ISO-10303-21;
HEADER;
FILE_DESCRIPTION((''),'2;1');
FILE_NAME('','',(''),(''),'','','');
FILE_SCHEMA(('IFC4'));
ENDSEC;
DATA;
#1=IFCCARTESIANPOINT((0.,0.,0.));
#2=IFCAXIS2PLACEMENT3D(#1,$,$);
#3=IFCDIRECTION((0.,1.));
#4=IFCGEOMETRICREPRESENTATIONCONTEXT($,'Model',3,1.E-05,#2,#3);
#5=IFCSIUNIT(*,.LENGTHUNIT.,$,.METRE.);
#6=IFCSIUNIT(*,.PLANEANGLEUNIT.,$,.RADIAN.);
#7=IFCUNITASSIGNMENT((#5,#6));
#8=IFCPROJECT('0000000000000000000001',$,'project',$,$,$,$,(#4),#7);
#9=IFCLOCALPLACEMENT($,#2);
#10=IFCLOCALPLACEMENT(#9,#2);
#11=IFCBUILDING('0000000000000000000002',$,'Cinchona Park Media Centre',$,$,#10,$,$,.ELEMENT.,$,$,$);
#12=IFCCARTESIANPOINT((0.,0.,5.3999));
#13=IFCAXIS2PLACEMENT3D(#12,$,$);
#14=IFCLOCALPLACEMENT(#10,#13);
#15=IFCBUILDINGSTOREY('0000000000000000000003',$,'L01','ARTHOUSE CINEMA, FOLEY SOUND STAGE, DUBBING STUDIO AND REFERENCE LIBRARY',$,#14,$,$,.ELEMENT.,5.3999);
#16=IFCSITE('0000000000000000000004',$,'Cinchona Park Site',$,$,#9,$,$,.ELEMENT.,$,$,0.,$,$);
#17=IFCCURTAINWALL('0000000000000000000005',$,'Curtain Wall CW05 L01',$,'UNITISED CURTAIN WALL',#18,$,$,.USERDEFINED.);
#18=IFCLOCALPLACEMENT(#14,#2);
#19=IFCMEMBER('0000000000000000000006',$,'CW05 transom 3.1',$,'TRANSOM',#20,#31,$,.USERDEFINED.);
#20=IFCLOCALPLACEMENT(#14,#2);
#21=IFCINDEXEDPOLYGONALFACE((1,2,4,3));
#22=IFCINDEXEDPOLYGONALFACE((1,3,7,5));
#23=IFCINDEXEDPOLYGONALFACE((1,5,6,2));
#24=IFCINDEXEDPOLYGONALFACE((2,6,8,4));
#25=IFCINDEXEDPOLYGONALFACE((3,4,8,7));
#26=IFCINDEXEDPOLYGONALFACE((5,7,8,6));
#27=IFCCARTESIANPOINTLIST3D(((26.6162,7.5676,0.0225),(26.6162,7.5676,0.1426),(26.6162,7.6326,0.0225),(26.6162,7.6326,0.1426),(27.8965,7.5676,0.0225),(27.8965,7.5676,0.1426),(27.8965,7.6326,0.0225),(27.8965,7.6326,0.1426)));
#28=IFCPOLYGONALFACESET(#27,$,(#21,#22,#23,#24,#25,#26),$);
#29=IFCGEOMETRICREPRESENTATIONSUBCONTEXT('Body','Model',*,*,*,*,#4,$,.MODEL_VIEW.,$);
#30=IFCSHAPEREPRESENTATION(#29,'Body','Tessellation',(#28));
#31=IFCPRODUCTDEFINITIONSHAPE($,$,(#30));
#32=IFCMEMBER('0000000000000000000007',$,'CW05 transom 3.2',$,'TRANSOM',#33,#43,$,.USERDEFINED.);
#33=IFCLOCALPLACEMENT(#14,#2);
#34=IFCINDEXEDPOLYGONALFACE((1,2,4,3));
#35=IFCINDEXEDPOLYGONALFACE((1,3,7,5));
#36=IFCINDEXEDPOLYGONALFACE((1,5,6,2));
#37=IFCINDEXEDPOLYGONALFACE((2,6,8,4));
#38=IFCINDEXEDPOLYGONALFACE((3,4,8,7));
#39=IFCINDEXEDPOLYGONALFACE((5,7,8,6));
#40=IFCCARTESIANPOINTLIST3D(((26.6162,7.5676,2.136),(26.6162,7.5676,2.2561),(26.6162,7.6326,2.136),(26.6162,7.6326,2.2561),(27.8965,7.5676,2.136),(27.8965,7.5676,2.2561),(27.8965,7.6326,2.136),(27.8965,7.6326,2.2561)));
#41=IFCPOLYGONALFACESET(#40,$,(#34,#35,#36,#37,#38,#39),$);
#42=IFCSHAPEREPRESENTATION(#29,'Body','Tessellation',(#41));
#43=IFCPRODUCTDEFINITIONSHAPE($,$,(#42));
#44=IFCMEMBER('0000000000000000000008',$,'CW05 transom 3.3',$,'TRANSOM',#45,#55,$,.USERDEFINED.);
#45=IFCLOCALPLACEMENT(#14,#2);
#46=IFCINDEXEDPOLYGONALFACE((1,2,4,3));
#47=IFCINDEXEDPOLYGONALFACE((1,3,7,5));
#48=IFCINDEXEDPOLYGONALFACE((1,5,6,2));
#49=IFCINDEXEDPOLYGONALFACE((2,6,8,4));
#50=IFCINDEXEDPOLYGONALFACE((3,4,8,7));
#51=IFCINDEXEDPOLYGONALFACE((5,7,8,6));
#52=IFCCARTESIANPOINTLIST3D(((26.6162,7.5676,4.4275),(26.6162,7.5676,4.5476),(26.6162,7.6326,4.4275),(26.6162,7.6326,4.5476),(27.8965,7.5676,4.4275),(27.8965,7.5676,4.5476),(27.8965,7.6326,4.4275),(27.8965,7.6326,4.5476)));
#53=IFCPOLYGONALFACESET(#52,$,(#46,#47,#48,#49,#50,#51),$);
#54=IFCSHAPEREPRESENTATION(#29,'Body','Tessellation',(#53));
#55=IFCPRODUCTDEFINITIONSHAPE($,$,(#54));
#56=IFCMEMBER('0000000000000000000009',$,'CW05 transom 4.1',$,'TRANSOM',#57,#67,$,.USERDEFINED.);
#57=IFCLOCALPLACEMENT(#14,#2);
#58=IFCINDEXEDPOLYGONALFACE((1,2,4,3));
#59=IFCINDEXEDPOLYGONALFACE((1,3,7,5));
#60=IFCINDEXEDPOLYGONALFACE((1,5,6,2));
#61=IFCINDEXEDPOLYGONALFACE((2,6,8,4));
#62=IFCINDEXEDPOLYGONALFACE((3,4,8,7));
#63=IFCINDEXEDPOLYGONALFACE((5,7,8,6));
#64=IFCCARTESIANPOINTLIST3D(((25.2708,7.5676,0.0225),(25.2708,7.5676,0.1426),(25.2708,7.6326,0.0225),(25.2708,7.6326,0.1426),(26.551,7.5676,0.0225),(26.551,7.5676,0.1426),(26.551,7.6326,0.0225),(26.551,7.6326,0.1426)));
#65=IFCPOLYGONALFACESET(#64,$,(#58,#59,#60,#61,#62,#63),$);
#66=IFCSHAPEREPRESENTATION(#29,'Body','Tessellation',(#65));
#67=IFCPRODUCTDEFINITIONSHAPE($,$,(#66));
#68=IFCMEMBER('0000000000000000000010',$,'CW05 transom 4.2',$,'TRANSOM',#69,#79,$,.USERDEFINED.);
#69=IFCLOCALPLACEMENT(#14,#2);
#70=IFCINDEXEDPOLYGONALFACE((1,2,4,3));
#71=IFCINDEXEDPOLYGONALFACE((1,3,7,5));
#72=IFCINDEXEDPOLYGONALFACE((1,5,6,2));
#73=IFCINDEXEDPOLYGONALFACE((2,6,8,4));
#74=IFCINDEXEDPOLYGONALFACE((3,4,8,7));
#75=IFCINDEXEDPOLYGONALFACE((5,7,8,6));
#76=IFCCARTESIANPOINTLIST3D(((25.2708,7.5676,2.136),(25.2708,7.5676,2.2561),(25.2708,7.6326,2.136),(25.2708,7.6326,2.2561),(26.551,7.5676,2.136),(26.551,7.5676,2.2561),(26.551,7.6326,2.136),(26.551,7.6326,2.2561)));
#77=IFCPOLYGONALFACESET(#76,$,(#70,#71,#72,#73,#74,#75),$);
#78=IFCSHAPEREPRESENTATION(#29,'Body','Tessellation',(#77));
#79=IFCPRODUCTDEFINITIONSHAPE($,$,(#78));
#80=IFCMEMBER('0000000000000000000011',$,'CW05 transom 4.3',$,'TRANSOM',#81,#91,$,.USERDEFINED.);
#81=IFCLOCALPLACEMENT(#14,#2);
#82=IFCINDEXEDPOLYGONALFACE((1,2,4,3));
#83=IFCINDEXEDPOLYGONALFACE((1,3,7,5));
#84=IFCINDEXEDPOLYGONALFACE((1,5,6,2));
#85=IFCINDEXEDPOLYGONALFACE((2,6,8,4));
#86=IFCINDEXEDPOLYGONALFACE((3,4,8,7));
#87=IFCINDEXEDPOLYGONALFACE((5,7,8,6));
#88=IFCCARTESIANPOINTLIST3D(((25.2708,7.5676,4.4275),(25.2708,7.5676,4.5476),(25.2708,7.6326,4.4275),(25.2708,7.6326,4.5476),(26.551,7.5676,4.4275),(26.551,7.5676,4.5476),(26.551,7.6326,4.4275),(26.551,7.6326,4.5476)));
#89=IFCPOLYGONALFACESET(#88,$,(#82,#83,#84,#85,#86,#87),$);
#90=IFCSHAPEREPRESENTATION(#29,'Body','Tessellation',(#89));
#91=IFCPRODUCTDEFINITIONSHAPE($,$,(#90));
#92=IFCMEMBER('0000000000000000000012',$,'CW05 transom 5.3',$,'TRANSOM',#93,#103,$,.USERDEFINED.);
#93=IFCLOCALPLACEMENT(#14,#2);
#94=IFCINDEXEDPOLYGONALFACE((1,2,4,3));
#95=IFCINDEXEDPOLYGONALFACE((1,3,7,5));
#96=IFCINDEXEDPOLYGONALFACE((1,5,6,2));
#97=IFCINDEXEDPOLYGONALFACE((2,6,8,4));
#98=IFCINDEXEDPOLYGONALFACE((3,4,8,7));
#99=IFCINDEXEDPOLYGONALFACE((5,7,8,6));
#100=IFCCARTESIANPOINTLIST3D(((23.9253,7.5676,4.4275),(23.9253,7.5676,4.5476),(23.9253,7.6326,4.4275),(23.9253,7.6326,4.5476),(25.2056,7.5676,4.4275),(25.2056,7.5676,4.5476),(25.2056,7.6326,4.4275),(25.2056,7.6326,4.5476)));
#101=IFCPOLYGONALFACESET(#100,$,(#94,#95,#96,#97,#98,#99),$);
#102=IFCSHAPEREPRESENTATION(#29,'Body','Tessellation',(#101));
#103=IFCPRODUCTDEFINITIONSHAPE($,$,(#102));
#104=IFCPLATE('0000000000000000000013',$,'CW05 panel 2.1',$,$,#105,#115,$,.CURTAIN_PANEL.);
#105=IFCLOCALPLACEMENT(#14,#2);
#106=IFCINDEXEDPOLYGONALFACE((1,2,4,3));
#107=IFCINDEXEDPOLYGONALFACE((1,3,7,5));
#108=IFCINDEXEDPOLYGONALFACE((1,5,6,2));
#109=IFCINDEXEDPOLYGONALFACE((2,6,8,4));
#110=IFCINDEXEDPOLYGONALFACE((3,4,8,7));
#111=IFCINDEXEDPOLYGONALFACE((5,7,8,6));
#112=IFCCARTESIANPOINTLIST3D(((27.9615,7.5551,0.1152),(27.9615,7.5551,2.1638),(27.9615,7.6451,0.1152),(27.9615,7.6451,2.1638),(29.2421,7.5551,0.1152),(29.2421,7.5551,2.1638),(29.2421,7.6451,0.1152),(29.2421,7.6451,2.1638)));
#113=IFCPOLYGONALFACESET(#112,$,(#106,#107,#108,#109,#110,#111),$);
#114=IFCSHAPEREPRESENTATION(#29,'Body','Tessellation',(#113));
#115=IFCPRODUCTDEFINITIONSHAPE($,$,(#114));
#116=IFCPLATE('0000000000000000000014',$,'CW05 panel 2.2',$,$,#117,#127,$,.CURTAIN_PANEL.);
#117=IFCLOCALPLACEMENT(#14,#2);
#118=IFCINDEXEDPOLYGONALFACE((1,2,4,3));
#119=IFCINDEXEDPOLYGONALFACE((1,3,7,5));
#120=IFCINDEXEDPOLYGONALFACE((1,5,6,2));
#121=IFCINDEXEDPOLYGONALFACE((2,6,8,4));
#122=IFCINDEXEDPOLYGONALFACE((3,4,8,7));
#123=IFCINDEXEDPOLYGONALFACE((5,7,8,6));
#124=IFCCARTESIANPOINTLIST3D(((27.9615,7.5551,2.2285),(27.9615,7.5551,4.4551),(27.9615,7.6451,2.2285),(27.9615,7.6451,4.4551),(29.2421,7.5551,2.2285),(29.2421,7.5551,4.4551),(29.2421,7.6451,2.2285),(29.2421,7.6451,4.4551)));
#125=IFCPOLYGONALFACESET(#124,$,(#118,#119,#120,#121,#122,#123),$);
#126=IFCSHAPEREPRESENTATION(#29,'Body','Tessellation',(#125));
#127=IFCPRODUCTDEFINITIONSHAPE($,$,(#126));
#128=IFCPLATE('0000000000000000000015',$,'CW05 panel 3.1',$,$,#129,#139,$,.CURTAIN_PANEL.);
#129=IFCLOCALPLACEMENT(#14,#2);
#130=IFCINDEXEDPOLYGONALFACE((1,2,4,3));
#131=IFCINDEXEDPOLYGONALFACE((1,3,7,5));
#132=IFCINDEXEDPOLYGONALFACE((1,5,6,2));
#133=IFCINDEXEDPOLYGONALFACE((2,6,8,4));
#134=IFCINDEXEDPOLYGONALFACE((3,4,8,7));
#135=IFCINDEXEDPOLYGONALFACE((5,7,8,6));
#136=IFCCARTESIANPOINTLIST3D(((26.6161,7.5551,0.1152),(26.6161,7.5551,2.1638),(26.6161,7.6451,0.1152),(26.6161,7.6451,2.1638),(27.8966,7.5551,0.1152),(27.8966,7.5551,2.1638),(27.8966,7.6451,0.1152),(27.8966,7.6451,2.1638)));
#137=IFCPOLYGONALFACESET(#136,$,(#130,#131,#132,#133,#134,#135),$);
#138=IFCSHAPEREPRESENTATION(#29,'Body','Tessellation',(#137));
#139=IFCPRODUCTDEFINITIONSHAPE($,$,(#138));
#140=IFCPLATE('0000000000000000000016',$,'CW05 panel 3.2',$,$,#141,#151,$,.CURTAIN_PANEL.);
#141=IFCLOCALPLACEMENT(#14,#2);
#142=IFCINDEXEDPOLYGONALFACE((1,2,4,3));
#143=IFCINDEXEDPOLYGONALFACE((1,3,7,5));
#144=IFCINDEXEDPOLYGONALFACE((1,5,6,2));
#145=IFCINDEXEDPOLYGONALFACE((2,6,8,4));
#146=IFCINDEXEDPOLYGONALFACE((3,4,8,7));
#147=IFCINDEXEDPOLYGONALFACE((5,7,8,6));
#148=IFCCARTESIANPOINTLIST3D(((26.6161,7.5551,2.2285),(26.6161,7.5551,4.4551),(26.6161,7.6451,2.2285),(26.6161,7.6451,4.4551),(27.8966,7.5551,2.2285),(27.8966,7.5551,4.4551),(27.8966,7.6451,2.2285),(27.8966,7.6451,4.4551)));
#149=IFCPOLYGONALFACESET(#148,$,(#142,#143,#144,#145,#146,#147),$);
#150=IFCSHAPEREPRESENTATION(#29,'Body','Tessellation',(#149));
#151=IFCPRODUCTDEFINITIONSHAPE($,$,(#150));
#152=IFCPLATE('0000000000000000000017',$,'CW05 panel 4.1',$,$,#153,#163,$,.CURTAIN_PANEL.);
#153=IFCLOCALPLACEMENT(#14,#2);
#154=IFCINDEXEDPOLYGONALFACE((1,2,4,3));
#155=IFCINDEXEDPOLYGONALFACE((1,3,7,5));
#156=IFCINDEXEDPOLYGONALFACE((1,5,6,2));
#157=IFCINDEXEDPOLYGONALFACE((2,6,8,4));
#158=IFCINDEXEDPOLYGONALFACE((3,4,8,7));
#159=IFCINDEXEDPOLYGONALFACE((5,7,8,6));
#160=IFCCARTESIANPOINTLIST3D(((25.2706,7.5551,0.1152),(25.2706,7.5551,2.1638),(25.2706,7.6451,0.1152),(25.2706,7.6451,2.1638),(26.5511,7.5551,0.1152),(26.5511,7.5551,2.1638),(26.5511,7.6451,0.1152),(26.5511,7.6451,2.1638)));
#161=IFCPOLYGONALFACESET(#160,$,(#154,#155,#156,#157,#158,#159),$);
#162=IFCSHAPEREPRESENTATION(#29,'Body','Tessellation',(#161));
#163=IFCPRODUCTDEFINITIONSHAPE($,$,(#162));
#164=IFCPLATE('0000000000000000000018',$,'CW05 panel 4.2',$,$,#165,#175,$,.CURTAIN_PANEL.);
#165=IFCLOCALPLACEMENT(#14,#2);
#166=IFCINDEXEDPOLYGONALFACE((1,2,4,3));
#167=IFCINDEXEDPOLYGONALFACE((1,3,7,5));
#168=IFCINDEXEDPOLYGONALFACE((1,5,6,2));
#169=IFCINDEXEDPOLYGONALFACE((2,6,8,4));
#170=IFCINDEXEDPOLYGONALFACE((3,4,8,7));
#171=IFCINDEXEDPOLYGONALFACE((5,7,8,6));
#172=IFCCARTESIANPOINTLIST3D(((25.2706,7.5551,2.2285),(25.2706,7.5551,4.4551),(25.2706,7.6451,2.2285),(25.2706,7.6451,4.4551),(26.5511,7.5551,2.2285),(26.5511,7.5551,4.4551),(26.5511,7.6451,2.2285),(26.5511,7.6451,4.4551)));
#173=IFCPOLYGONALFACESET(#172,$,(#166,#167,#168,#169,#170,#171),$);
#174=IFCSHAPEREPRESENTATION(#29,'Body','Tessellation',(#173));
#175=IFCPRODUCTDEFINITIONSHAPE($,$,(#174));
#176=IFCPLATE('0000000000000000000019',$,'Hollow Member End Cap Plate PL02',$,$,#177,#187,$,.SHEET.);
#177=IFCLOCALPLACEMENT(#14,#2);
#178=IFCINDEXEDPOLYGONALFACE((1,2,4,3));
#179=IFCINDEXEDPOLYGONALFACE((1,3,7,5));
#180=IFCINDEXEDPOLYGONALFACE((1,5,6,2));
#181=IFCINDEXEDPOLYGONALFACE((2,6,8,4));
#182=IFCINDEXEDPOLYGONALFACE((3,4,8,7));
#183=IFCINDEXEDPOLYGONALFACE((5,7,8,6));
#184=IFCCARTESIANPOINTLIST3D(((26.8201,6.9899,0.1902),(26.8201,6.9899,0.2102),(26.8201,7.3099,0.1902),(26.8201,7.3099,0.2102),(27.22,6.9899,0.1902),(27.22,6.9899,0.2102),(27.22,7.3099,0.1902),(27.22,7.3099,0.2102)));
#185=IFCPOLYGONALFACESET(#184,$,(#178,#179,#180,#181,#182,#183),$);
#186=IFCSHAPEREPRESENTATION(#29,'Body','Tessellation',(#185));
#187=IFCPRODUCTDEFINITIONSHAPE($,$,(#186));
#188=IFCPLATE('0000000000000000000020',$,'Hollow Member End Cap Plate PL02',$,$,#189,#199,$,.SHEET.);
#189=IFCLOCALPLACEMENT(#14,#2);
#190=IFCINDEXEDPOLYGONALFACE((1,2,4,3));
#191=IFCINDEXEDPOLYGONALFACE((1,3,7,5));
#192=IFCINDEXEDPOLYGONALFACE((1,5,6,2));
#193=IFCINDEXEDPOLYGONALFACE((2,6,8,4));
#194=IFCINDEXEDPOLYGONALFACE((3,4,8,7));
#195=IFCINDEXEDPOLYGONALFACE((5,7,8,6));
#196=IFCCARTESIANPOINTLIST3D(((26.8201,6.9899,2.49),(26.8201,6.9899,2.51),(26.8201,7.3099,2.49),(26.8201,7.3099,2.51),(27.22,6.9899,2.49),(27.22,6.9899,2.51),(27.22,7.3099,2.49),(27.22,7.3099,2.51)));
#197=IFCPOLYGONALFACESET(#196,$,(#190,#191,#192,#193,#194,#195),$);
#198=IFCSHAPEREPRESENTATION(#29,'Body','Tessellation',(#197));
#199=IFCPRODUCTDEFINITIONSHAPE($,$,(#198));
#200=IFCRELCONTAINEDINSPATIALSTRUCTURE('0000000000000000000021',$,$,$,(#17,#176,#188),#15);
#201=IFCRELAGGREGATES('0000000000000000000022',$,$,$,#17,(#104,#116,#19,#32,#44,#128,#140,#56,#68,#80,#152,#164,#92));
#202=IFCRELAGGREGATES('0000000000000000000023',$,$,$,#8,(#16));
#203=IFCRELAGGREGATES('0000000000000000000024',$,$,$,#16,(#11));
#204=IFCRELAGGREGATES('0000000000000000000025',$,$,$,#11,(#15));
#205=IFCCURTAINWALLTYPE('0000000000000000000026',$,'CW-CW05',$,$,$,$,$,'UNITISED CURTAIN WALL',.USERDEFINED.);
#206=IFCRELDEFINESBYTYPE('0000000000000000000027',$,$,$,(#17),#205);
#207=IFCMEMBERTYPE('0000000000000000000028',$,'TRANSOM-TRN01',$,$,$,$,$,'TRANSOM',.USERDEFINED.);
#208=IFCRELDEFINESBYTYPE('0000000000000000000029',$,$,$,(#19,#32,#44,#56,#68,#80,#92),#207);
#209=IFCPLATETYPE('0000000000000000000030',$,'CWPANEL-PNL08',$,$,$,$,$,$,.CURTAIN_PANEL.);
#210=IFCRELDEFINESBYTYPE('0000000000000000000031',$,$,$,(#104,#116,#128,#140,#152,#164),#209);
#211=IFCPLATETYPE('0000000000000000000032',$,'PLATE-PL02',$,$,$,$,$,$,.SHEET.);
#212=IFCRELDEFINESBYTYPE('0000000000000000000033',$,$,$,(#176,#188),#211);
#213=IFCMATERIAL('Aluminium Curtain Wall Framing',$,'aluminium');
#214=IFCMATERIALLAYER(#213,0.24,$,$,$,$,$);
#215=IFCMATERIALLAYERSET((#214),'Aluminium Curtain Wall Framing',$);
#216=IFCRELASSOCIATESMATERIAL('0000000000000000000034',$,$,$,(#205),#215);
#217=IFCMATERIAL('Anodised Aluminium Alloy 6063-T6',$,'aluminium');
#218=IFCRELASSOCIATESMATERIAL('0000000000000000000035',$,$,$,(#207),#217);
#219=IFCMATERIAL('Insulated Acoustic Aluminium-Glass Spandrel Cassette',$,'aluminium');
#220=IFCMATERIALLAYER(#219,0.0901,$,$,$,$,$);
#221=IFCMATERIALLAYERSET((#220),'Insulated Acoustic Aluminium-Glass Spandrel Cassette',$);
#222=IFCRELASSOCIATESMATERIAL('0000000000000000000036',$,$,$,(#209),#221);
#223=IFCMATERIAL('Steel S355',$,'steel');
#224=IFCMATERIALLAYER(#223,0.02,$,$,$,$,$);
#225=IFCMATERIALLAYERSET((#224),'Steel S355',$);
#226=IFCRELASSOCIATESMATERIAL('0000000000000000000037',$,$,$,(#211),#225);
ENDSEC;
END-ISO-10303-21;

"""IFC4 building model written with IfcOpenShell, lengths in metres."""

from ifc_helpers import new_model, si_unit, direction, frame, origin, origin_2d, place, context, subcontext, project, spatial, rectangle, extrude, material, layer, layer_set, material_profile, profile_set, type_object, element, aggregate, save


model = new_model("IFC4")

# Units and contexts
model_context = context("Model", 3, precision=1e-05, world=origin(), true_north=direction((0.0, 1.0)))
body_context = subcontext(model_context, "Body", "Model", "MODEL_VIEW")
ifc_project = project(units=[si_unit("LENGTHUNIT", "METRE"), si_unit("PLANEANGLEUNIT", "RADIAN")], contexts=[model_context])

# Site, building, storey
site_placement = place(None, origin())
site = spatial("IfcSite", under=ifc_project, at=site_placement, Name="Cinchona Park Site", CompositionType="ELEMENT", RefElevation=0.0)
building_placement = place(site_placement, origin())
building = spatial("IfcBuilding", under=site, at=building_placement, Name="Cinchona Park Media Centre", CompositionType="ELEMENT")
storey_placement = place(building_placement, frame((0.0, 0.0, 5.3999)))
storey = spatial("IfcBuildingStorey", under=building, at=storey_placement, Name="L01", Description="ARTHOUSE CINEMA, FOLEY SOUND STAGE, DUBBING STUDIO AND REFERENCE LIBRARY", CompositionType="ELEMENT", Elevation=5.3999)

# Curtain wall, members, plates
ifc_material_1 = material(Name="Aluminium Curtain Wall Framing", Category="aluminium")
ifc_layer_1 = layer(ifc_material_1, 0.24)
ifc_layer_set_1 = layer_set([ifc_layer_1], Name="Aluminium Curtain Wall Framing")
curtain_wall_type = type_object("IfcCurtainWallType", Name="CW-CW05", ElementType="UNITISED CURTAIN WALL", PredefinedType="USERDEFINED", material=ifc_layer_set_1)
curtain_wall_placement = place(storey_placement, origin())
curtain_wall = element("IfcCurtainWall", 1, at=curtain_wall_placement, inside=storey, type_object=curtain_wall_type, Name="Curtain Wall CW05 L01", ObjectType="UNITISED CURTAIN WALL", PredefinedType="USERDEFINED")
ifc_material_2 = material(Name="Anodised Aluminium Alloy 6063-T6", Category="aluminium")
ifc_material_profile_1 = material_profile(ifc_material_2, rectangle(XDim=0.0649, YDim=0.1201, at=origin_2d()), Name="TRN-65X120")
ifc_profile_set_1 = profile_set([ifc_material_profile_1], Name="Anodised Aluminium Alloy 6063-T6")
member_type_1 = type_object("IfcMemberType", Name="TRANSOM-TRN01", ElementType="TRANSOM", PredefinedType="USERDEFINED", material=ifc_profile_set_1)
member_1_placement = place(storey_placement, frame((27.8965, 7.6001, 0.0825), z_axis=(-1.0, 0.0, 0.0), x_axis=(0.0, -1.0, 0.0)))
member_1 = element("IfcMember", 2, at=member_1_placement, type_object=member_type_1, Name="CW05 transom 3.1", ObjectType="TRANSOM", PredefinedType="USERDEFINED", context=body_context, shape_type="SweptSolid", body=[
    extrude(rectangle(XDim=0.0649, YDim=0.1201, at=origin_2d()), origin(), (0.0, 0.0, 1.0), 1.2803),
])
member_2_placement = place(storey_placement, frame((27.8965, 7.6001, 2.196), z_axis=(-1.0, 0.0, 0.0), x_axis=(0.0, -1.0, 0.0)))
member_2 = element("IfcMember", 3, at=member_2_placement, type_object=member_type_1, Name="CW05 transom 3.2", ObjectType="TRANSOM", PredefinedType="USERDEFINED", context=body_context, shape_type="SweptSolid", body=[
    extrude(rectangle(XDim=0.0649, YDim=0.1201, at=origin_2d()), origin(), (0.0, 0.0, 1.0), 1.2803),
])
member_3_placement = place(storey_placement, frame((27.8965, 7.6001, 4.4875), z_axis=(-1.0, 0.0, 0.0), x_axis=(0.0, -1.0, 0.0)))
member_3 = element("IfcMember", 4, at=member_3_placement, type_object=member_type_1, Name="CW05 transom 3.3", ObjectType="TRANSOM", PredefinedType="USERDEFINED", context=body_context, shape_type="SweptSolid", body=[
    extrude(rectangle(XDim=0.0649, YDim=0.1201, at=origin_2d()), origin(), (0.0, 0.0, 1.0), 1.2803),
])
member_4_placement = place(storey_placement, frame((26.551, 7.6001, 0.0825), z_axis=(-1.0, 0.0, 0.0), x_axis=(0.0, -1.0, 0.0)))
member_4 = element("IfcMember", 5, at=member_4_placement, type_object=member_type_1, Name="CW05 transom 4.1", ObjectType="TRANSOM", PredefinedType="USERDEFINED", context=body_context, shape_type="SweptSolid", body=[
    extrude(rectangle(XDim=0.0649, YDim=0.1201, at=origin_2d()), origin(), (0.0, 0.0, 1.0), 1.2803),
])
member_5_placement = place(storey_placement, frame((26.551, 7.6001, 2.196), z_axis=(-1.0, 0.0, 0.0), x_axis=(0.0, -1.0, 0.0)))
member_5 = element("IfcMember", 6, at=member_5_placement, type_object=member_type_1, Name="CW05 transom 4.2", ObjectType="TRANSOM", PredefinedType="USERDEFINED", context=body_context, shape_type="SweptSolid", body=[
    extrude(rectangle(XDim=0.0649, YDim=0.1201, at=origin_2d()), origin(), (0.0, 0.0, 1.0), 1.2803),
])
member_6_placement = place(storey_placement, frame((26.551, 7.6001, 4.4875), z_axis=(-1.0, 0.0, 0.0), x_axis=(0.0, -1.0, 0.0)))
member_6 = element("IfcMember", 7, at=member_6_placement, type_object=member_type_1, Name="CW05 transom 4.3", ObjectType="TRANSOM", PredefinedType="USERDEFINED", context=body_context, shape_type="SweptSolid", body=[
    extrude(rectangle(XDim=0.0649, YDim=0.1201, at=origin_2d()), origin(), (0.0, 0.0, 1.0), 1.2803),
])
member_7_placement = place(storey_placement, frame((25.2056, 7.6001, 4.4875), z_axis=(-1.0, 0.0, 0.0), x_axis=(0.0, -1.0, 0.0)))
member_7 = element("IfcMember", 8, at=member_7_placement, type_object=member_type_1, Name="CW05 transom 5.3", ObjectType="TRANSOM", PredefinedType="USERDEFINED", context=body_context, shape_type="SweptSolid", body=[
    extrude(rectangle(XDim=0.0649, YDim=0.1201, at=origin_2d()), origin(), (0.0, 0.0, 1.0), 1.2803),
])
ifc_material_3 = material(Name="Insulated Acoustic Aluminium-Glass Spandrel Cassette", Category="aluminium")
ifc_layer_2 = layer(ifc_material_3, 0.0901)
ifc_layer_set_2 = layer_set([ifc_layer_2], Name="Insulated Acoustic Aluminium-Glass Spandrel Cassette")
plate_type_1 = type_object("IfcPlateType", Name="CWPANEL-PNL08", PredefinedType="CURTAIN_PANEL", material=ifc_layer_set_2)
plate_1_placement = place(storey_placement, frame((28.6018, 7.6001, 0.1152), z_axis=(0.0, 0.0, 1.0), x_axis=(-1.0, 0.0, 0.0)))
plate_1 = element("IfcPlate", 9, at=plate_1_placement, type_object=plate_type_1, Name="CW05 panel 2.1", PredefinedType="CURTAIN_PANEL", context=body_context, shape_type="SweptSolid", body=[
    extrude(rectangle(XDim=1.2805, YDim=0.0901, at=origin_2d()), origin(), (0.0, 0.0, 1.0), 2.0486),
])
plate_2_placement = place(storey_placement, frame((28.6018, 7.6001, 2.2285), z_axis=(0.0, 0.0, 1.0), x_axis=(-1.0, 0.0, 0.0)))
plate_2 = element("IfcPlate", 10, at=plate_2_placement, type_object=plate_type_1, Name="CW05 panel 2.2", PredefinedType="CURTAIN_PANEL", context=body_context, shape_type="SweptSolid", body=[
    extrude(rectangle(XDim=1.2805, YDim=0.0901, at=origin_2d()), origin(), (0.0, 0.0, 1.0), 2.2266),
])
plate_3_placement = place(storey_placement, frame((27.2563, 7.6001, 0.1152), z_axis=(0.0, 0.0, 1.0), x_axis=(-1.0, 0.0, 0.0)))
plate_3 = element("IfcPlate", 11, at=plate_3_placement, type_object=plate_type_1, Name="CW05 panel 3.1", PredefinedType="CURTAIN_PANEL", context=body_context, shape_type="SweptSolid", body=[
    extrude(rectangle(XDim=1.2805, YDim=0.0901, at=origin_2d()), origin(), (0.0, 0.0, 1.0), 2.0486),
])
plate_4_placement = place(storey_placement, frame((27.2563, 7.6001, 2.2285), z_axis=(0.0, 0.0, 1.0), x_axis=(-1.0, 0.0, 0.0)))
plate_4 = element("IfcPlate", 12, at=plate_4_placement, type_object=plate_type_1, Name="CW05 panel 3.2", PredefinedType="CURTAIN_PANEL", context=body_context, shape_type="SweptSolid", body=[
    extrude(rectangle(XDim=1.2805, YDim=0.0901, at=origin_2d()), origin(), (0.0, 0.0, 1.0), 2.2266),
])
plate_5_placement = place(storey_placement, frame((25.9109, 7.6001, 0.1152), z_axis=(0.0, 0.0, 1.0), x_axis=(-1.0, 0.0, 0.0)))
plate_5 = element("IfcPlate", 13, at=plate_5_placement, type_object=plate_type_1, Name="CW05 panel 4.1", PredefinedType="CURTAIN_PANEL", context=body_context, shape_type="SweptSolid", body=[
    extrude(rectangle(XDim=1.2805, YDim=0.0901, at=origin_2d()), origin(), (0.0, 0.0, 1.0), 2.0486),
])
plate_6_placement = place(storey_placement, frame((25.9109, 7.6001, 2.2285), z_axis=(0.0, 0.0, 1.0), x_axis=(-1.0, 0.0, 0.0)))
plate_6 = element("IfcPlate", 14, at=plate_6_placement, type_object=plate_type_1, Name="CW05 panel 4.2", PredefinedType="CURTAIN_PANEL", context=body_context, shape_type="SweptSolid", body=[
    extrude(rectangle(XDim=1.2805, YDim=0.0901, at=origin_2d()), origin(), (0.0, 0.0, 1.0), 2.2266),
])
aggregate(curtain_wall, [plate_1, plate_2, member_1, member_2, member_3, plate_3, plate_4, member_4, member_5, member_6, plate_5, plate_6, member_7])

# Plates
ifc_material_4 = material(Name="Steel S355", Category="steel")
ifc_layer_3 = layer(ifc_material_4, 0.02)
ifc_layer_set_3 = layer_set([ifc_layer_3], Name="Steel S355")
plate_type_2 = type_object("IfcPlateType", Name="PLATE-PL02", PredefinedType="SHEET", material=ifc_layer_set_3)
for number, where, z_axis, x_axis, name in (
    (15, (27.02, 7.1499, 0.1902), (0.0, 0.0, 1.0), (1.0, 0.0, 0.0), "Hollow Member End Cap Plate PL02"),
    (16, (27.02, 7.1499, 2.49), (0.0, 0.0, 1.0), (1.0, 0.0, 0.0), "Hollow Member End Cap Plate PL02"),
):
    element("IfcPlate", number, at=place(storey_placement, frame(where, z_axis=z_axis, x_axis=x_axis)), inside=storey, type_object=plate_type_2, Name=name, PredefinedType="SHEET", context=body_context, shape_type="SweptSolid", body=[
        extrude(rectangle(XDim=0.3999, YDim=0.3201, at=origin_2d()), origin(), (0.0, 0.0, 1.0), 0.02),
    ])

save(model, "model.ifc")
